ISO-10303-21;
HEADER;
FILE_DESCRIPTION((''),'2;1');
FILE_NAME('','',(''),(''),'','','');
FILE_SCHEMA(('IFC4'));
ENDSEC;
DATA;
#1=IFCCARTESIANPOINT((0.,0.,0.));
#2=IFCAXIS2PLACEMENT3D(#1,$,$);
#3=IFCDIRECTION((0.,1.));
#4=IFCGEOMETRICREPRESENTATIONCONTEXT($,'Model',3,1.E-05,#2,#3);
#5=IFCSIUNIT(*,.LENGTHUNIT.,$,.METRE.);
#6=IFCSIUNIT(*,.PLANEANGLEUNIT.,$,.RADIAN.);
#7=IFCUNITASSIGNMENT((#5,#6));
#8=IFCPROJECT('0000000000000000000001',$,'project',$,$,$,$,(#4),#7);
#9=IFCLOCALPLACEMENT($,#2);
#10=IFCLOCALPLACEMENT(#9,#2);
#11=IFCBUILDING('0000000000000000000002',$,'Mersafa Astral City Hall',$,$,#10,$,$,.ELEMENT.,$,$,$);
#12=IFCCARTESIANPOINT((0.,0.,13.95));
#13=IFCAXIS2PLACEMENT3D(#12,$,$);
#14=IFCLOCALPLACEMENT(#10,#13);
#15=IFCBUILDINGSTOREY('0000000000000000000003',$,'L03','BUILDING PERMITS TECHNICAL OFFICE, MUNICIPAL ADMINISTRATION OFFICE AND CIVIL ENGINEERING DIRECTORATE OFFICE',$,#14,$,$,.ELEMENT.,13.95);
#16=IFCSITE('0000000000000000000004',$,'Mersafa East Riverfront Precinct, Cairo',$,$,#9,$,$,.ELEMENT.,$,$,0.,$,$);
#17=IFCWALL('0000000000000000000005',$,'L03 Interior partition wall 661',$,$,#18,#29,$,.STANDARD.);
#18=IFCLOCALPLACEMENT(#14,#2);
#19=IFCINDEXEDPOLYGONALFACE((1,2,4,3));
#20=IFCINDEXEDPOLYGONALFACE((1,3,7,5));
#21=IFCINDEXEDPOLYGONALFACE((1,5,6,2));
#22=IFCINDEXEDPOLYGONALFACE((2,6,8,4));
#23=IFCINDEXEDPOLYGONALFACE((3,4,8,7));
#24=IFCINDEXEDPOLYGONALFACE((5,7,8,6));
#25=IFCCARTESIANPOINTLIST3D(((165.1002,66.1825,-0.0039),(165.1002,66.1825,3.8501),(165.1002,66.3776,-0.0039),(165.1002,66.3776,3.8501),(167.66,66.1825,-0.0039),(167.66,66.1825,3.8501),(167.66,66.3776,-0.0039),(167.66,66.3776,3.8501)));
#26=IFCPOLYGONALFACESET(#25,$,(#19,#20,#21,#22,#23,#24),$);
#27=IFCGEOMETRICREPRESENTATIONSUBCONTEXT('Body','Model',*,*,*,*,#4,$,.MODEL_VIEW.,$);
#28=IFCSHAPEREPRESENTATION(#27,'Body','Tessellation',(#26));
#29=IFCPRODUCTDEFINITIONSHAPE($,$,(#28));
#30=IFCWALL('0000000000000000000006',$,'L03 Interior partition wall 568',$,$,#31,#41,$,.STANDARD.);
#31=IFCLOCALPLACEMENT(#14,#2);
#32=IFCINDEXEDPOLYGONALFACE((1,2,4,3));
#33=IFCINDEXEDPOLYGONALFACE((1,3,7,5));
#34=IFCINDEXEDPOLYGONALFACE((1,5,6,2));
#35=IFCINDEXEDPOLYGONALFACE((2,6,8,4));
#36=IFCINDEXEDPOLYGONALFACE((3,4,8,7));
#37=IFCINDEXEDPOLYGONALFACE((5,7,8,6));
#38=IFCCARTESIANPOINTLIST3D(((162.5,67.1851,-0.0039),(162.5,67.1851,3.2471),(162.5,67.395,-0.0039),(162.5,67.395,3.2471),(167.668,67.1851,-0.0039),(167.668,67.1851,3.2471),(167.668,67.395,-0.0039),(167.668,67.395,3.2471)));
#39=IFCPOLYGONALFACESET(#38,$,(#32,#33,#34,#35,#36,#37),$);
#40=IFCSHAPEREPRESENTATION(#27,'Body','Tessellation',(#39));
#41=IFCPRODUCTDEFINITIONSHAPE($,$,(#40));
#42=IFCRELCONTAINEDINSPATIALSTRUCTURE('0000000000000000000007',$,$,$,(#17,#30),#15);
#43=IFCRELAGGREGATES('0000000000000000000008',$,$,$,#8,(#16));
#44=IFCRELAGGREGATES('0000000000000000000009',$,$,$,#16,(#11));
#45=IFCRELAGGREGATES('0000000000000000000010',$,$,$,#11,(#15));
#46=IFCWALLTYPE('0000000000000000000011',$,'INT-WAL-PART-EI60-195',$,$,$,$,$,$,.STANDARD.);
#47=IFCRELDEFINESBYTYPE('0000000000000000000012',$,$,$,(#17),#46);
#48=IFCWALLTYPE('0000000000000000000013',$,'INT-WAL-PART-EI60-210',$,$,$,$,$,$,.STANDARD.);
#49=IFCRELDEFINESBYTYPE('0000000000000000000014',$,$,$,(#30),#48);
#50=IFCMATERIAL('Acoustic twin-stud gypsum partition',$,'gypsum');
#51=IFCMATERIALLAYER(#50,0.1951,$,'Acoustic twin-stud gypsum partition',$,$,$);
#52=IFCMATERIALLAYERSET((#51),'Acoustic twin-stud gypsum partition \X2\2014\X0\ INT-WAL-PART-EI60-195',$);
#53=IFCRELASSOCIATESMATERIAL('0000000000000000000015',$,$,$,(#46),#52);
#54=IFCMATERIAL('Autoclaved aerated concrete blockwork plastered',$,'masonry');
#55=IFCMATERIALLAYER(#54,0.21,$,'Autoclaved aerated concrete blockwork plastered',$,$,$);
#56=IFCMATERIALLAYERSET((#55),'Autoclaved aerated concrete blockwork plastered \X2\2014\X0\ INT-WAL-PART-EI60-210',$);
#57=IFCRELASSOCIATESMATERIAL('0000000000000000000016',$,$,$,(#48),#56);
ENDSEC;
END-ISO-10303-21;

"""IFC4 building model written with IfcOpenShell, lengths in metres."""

from ifc_helpers import new_model, si_unit, direction, frame, frame_2d, origin, place, context, subcontext, project, spatial, rectangle, extrude, material, layer, layer_set, type_object, element, save


model = new_model("IFC4")

# Units and contexts
model_context = context("Model", 3, precision=1e-05, world=origin(), true_north=direction((0.0, 1.0)))
body_context = subcontext(model_context, "Body", "Model", "MODEL_VIEW")
ifc_project = project(units=[si_unit("LENGTHUNIT", "METRE"), si_unit("PLANEANGLEUNIT", "RADIAN")], contexts=[model_context])

# Site, building, storey
site_placement = place(None, origin())
site = spatial("IfcSite", under=ifc_project, at=site_placement, Name="Mersafa East Riverfront Precinct, Cairo", CompositionType="ELEMENT", RefElevation=0.0)
building_placement = place(site_placement, origin())
building = spatial("IfcBuilding", under=site, at=building_placement, Name="Mersafa Astral City Hall", CompositionType="ELEMENT")
storey_placement = place(building_placement, frame((0.0, 0.0, 13.95)))
storey = spatial("IfcBuildingStorey", under=building, at=storey_placement, Name="L03", Description="BUILDING PERMITS TECHNICAL OFFICE, MUNICIPAL ADMINISTRATION OFFICE AND CIVIL ENGINEERING DIRECTORATE OFFICE", CompositionType="ELEMENT", Elevation=13.95)

# Shared definitions
ifc_material_1 = material(Name="Acoustic twin-stud gypsum partition", Category="gypsum")

# Shared definitions
ifc_layer_1 = layer(ifc_material_1, 0.1951, Name="Acoustic twin-stud gypsum partition")
ifc_layer_set_1 = layer_set([ifc_layer_1], Name="Acoustic twin-stud gypsum partition — INT-WAL-PART-EI60-195")
wall_type_1 = type_object("IfcWallType", Name="INT-WAL-PART-EI60-195", PredefinedType="STANDARD", material=ifc_layer_set_1)

# Walls
wall_1_placement = place(storey_placement, frame((167.6599, 66.28, -0.0039), z_axis=(0.0, 0.0, 1.0), x_axis=(-1.0, 0.0, 0.0)))
element("IfcWall", 1, at=wall_1_placement, inside=storey, type_object=wall_type_1, Name="L03 Interior partition wall 661", PredefinedType="STANDARD", context=body_context, shape_type="SweptSolid", body=[
    extrude(rectangle(XDim=2.5598, YDim=0.1951, at=frame_2d((1.2798, 0.0))), origin(), (0.0, 0.0, 1.0), 3.854),
])
ifc_material_2 = material(Name="Autoclaved aerated concrete blockwork plastered", Category="masonry")
ifc_layer_2 = layer(ifc_material_2, 0.21, Name="Autoclaved aerated concrete blockwork plastered")
ifc_layer_set_2 = layer_set([ifc_layer_2], Name="Autoclaved aerated concrete blockwork plastered — INT-WAL-PART-EI60-210")
wall_type_2 = type_object("IfcWallType", Name="INT-WAL-PART-EI60-210", PredefinedType="STANDARD", material=ifc_layer_set_2)
wall_2_placement = place(storey_placement, frame((167.668, 67.29, -0.0039), z_axis=(0.0, 0.0, 1.0), x_axis=(-1.0, 0.0, 0.0)))
element("IfcWall", 2, at=wall_2_placement, inside=storey, type_object=wall_type_2, Name="L03 Interior partition wall 568", PredefinedType="STANDARD", context=body_context, shape_type="SweptSolid", body=[
    extrude(rectangle(XDim=5.168, YDim=0.21, at=frame_2d((2.584, 0.0))), origin(), (0.0, 0.0, 1.0), 3.251),
])

save(model, "model.ifc")
